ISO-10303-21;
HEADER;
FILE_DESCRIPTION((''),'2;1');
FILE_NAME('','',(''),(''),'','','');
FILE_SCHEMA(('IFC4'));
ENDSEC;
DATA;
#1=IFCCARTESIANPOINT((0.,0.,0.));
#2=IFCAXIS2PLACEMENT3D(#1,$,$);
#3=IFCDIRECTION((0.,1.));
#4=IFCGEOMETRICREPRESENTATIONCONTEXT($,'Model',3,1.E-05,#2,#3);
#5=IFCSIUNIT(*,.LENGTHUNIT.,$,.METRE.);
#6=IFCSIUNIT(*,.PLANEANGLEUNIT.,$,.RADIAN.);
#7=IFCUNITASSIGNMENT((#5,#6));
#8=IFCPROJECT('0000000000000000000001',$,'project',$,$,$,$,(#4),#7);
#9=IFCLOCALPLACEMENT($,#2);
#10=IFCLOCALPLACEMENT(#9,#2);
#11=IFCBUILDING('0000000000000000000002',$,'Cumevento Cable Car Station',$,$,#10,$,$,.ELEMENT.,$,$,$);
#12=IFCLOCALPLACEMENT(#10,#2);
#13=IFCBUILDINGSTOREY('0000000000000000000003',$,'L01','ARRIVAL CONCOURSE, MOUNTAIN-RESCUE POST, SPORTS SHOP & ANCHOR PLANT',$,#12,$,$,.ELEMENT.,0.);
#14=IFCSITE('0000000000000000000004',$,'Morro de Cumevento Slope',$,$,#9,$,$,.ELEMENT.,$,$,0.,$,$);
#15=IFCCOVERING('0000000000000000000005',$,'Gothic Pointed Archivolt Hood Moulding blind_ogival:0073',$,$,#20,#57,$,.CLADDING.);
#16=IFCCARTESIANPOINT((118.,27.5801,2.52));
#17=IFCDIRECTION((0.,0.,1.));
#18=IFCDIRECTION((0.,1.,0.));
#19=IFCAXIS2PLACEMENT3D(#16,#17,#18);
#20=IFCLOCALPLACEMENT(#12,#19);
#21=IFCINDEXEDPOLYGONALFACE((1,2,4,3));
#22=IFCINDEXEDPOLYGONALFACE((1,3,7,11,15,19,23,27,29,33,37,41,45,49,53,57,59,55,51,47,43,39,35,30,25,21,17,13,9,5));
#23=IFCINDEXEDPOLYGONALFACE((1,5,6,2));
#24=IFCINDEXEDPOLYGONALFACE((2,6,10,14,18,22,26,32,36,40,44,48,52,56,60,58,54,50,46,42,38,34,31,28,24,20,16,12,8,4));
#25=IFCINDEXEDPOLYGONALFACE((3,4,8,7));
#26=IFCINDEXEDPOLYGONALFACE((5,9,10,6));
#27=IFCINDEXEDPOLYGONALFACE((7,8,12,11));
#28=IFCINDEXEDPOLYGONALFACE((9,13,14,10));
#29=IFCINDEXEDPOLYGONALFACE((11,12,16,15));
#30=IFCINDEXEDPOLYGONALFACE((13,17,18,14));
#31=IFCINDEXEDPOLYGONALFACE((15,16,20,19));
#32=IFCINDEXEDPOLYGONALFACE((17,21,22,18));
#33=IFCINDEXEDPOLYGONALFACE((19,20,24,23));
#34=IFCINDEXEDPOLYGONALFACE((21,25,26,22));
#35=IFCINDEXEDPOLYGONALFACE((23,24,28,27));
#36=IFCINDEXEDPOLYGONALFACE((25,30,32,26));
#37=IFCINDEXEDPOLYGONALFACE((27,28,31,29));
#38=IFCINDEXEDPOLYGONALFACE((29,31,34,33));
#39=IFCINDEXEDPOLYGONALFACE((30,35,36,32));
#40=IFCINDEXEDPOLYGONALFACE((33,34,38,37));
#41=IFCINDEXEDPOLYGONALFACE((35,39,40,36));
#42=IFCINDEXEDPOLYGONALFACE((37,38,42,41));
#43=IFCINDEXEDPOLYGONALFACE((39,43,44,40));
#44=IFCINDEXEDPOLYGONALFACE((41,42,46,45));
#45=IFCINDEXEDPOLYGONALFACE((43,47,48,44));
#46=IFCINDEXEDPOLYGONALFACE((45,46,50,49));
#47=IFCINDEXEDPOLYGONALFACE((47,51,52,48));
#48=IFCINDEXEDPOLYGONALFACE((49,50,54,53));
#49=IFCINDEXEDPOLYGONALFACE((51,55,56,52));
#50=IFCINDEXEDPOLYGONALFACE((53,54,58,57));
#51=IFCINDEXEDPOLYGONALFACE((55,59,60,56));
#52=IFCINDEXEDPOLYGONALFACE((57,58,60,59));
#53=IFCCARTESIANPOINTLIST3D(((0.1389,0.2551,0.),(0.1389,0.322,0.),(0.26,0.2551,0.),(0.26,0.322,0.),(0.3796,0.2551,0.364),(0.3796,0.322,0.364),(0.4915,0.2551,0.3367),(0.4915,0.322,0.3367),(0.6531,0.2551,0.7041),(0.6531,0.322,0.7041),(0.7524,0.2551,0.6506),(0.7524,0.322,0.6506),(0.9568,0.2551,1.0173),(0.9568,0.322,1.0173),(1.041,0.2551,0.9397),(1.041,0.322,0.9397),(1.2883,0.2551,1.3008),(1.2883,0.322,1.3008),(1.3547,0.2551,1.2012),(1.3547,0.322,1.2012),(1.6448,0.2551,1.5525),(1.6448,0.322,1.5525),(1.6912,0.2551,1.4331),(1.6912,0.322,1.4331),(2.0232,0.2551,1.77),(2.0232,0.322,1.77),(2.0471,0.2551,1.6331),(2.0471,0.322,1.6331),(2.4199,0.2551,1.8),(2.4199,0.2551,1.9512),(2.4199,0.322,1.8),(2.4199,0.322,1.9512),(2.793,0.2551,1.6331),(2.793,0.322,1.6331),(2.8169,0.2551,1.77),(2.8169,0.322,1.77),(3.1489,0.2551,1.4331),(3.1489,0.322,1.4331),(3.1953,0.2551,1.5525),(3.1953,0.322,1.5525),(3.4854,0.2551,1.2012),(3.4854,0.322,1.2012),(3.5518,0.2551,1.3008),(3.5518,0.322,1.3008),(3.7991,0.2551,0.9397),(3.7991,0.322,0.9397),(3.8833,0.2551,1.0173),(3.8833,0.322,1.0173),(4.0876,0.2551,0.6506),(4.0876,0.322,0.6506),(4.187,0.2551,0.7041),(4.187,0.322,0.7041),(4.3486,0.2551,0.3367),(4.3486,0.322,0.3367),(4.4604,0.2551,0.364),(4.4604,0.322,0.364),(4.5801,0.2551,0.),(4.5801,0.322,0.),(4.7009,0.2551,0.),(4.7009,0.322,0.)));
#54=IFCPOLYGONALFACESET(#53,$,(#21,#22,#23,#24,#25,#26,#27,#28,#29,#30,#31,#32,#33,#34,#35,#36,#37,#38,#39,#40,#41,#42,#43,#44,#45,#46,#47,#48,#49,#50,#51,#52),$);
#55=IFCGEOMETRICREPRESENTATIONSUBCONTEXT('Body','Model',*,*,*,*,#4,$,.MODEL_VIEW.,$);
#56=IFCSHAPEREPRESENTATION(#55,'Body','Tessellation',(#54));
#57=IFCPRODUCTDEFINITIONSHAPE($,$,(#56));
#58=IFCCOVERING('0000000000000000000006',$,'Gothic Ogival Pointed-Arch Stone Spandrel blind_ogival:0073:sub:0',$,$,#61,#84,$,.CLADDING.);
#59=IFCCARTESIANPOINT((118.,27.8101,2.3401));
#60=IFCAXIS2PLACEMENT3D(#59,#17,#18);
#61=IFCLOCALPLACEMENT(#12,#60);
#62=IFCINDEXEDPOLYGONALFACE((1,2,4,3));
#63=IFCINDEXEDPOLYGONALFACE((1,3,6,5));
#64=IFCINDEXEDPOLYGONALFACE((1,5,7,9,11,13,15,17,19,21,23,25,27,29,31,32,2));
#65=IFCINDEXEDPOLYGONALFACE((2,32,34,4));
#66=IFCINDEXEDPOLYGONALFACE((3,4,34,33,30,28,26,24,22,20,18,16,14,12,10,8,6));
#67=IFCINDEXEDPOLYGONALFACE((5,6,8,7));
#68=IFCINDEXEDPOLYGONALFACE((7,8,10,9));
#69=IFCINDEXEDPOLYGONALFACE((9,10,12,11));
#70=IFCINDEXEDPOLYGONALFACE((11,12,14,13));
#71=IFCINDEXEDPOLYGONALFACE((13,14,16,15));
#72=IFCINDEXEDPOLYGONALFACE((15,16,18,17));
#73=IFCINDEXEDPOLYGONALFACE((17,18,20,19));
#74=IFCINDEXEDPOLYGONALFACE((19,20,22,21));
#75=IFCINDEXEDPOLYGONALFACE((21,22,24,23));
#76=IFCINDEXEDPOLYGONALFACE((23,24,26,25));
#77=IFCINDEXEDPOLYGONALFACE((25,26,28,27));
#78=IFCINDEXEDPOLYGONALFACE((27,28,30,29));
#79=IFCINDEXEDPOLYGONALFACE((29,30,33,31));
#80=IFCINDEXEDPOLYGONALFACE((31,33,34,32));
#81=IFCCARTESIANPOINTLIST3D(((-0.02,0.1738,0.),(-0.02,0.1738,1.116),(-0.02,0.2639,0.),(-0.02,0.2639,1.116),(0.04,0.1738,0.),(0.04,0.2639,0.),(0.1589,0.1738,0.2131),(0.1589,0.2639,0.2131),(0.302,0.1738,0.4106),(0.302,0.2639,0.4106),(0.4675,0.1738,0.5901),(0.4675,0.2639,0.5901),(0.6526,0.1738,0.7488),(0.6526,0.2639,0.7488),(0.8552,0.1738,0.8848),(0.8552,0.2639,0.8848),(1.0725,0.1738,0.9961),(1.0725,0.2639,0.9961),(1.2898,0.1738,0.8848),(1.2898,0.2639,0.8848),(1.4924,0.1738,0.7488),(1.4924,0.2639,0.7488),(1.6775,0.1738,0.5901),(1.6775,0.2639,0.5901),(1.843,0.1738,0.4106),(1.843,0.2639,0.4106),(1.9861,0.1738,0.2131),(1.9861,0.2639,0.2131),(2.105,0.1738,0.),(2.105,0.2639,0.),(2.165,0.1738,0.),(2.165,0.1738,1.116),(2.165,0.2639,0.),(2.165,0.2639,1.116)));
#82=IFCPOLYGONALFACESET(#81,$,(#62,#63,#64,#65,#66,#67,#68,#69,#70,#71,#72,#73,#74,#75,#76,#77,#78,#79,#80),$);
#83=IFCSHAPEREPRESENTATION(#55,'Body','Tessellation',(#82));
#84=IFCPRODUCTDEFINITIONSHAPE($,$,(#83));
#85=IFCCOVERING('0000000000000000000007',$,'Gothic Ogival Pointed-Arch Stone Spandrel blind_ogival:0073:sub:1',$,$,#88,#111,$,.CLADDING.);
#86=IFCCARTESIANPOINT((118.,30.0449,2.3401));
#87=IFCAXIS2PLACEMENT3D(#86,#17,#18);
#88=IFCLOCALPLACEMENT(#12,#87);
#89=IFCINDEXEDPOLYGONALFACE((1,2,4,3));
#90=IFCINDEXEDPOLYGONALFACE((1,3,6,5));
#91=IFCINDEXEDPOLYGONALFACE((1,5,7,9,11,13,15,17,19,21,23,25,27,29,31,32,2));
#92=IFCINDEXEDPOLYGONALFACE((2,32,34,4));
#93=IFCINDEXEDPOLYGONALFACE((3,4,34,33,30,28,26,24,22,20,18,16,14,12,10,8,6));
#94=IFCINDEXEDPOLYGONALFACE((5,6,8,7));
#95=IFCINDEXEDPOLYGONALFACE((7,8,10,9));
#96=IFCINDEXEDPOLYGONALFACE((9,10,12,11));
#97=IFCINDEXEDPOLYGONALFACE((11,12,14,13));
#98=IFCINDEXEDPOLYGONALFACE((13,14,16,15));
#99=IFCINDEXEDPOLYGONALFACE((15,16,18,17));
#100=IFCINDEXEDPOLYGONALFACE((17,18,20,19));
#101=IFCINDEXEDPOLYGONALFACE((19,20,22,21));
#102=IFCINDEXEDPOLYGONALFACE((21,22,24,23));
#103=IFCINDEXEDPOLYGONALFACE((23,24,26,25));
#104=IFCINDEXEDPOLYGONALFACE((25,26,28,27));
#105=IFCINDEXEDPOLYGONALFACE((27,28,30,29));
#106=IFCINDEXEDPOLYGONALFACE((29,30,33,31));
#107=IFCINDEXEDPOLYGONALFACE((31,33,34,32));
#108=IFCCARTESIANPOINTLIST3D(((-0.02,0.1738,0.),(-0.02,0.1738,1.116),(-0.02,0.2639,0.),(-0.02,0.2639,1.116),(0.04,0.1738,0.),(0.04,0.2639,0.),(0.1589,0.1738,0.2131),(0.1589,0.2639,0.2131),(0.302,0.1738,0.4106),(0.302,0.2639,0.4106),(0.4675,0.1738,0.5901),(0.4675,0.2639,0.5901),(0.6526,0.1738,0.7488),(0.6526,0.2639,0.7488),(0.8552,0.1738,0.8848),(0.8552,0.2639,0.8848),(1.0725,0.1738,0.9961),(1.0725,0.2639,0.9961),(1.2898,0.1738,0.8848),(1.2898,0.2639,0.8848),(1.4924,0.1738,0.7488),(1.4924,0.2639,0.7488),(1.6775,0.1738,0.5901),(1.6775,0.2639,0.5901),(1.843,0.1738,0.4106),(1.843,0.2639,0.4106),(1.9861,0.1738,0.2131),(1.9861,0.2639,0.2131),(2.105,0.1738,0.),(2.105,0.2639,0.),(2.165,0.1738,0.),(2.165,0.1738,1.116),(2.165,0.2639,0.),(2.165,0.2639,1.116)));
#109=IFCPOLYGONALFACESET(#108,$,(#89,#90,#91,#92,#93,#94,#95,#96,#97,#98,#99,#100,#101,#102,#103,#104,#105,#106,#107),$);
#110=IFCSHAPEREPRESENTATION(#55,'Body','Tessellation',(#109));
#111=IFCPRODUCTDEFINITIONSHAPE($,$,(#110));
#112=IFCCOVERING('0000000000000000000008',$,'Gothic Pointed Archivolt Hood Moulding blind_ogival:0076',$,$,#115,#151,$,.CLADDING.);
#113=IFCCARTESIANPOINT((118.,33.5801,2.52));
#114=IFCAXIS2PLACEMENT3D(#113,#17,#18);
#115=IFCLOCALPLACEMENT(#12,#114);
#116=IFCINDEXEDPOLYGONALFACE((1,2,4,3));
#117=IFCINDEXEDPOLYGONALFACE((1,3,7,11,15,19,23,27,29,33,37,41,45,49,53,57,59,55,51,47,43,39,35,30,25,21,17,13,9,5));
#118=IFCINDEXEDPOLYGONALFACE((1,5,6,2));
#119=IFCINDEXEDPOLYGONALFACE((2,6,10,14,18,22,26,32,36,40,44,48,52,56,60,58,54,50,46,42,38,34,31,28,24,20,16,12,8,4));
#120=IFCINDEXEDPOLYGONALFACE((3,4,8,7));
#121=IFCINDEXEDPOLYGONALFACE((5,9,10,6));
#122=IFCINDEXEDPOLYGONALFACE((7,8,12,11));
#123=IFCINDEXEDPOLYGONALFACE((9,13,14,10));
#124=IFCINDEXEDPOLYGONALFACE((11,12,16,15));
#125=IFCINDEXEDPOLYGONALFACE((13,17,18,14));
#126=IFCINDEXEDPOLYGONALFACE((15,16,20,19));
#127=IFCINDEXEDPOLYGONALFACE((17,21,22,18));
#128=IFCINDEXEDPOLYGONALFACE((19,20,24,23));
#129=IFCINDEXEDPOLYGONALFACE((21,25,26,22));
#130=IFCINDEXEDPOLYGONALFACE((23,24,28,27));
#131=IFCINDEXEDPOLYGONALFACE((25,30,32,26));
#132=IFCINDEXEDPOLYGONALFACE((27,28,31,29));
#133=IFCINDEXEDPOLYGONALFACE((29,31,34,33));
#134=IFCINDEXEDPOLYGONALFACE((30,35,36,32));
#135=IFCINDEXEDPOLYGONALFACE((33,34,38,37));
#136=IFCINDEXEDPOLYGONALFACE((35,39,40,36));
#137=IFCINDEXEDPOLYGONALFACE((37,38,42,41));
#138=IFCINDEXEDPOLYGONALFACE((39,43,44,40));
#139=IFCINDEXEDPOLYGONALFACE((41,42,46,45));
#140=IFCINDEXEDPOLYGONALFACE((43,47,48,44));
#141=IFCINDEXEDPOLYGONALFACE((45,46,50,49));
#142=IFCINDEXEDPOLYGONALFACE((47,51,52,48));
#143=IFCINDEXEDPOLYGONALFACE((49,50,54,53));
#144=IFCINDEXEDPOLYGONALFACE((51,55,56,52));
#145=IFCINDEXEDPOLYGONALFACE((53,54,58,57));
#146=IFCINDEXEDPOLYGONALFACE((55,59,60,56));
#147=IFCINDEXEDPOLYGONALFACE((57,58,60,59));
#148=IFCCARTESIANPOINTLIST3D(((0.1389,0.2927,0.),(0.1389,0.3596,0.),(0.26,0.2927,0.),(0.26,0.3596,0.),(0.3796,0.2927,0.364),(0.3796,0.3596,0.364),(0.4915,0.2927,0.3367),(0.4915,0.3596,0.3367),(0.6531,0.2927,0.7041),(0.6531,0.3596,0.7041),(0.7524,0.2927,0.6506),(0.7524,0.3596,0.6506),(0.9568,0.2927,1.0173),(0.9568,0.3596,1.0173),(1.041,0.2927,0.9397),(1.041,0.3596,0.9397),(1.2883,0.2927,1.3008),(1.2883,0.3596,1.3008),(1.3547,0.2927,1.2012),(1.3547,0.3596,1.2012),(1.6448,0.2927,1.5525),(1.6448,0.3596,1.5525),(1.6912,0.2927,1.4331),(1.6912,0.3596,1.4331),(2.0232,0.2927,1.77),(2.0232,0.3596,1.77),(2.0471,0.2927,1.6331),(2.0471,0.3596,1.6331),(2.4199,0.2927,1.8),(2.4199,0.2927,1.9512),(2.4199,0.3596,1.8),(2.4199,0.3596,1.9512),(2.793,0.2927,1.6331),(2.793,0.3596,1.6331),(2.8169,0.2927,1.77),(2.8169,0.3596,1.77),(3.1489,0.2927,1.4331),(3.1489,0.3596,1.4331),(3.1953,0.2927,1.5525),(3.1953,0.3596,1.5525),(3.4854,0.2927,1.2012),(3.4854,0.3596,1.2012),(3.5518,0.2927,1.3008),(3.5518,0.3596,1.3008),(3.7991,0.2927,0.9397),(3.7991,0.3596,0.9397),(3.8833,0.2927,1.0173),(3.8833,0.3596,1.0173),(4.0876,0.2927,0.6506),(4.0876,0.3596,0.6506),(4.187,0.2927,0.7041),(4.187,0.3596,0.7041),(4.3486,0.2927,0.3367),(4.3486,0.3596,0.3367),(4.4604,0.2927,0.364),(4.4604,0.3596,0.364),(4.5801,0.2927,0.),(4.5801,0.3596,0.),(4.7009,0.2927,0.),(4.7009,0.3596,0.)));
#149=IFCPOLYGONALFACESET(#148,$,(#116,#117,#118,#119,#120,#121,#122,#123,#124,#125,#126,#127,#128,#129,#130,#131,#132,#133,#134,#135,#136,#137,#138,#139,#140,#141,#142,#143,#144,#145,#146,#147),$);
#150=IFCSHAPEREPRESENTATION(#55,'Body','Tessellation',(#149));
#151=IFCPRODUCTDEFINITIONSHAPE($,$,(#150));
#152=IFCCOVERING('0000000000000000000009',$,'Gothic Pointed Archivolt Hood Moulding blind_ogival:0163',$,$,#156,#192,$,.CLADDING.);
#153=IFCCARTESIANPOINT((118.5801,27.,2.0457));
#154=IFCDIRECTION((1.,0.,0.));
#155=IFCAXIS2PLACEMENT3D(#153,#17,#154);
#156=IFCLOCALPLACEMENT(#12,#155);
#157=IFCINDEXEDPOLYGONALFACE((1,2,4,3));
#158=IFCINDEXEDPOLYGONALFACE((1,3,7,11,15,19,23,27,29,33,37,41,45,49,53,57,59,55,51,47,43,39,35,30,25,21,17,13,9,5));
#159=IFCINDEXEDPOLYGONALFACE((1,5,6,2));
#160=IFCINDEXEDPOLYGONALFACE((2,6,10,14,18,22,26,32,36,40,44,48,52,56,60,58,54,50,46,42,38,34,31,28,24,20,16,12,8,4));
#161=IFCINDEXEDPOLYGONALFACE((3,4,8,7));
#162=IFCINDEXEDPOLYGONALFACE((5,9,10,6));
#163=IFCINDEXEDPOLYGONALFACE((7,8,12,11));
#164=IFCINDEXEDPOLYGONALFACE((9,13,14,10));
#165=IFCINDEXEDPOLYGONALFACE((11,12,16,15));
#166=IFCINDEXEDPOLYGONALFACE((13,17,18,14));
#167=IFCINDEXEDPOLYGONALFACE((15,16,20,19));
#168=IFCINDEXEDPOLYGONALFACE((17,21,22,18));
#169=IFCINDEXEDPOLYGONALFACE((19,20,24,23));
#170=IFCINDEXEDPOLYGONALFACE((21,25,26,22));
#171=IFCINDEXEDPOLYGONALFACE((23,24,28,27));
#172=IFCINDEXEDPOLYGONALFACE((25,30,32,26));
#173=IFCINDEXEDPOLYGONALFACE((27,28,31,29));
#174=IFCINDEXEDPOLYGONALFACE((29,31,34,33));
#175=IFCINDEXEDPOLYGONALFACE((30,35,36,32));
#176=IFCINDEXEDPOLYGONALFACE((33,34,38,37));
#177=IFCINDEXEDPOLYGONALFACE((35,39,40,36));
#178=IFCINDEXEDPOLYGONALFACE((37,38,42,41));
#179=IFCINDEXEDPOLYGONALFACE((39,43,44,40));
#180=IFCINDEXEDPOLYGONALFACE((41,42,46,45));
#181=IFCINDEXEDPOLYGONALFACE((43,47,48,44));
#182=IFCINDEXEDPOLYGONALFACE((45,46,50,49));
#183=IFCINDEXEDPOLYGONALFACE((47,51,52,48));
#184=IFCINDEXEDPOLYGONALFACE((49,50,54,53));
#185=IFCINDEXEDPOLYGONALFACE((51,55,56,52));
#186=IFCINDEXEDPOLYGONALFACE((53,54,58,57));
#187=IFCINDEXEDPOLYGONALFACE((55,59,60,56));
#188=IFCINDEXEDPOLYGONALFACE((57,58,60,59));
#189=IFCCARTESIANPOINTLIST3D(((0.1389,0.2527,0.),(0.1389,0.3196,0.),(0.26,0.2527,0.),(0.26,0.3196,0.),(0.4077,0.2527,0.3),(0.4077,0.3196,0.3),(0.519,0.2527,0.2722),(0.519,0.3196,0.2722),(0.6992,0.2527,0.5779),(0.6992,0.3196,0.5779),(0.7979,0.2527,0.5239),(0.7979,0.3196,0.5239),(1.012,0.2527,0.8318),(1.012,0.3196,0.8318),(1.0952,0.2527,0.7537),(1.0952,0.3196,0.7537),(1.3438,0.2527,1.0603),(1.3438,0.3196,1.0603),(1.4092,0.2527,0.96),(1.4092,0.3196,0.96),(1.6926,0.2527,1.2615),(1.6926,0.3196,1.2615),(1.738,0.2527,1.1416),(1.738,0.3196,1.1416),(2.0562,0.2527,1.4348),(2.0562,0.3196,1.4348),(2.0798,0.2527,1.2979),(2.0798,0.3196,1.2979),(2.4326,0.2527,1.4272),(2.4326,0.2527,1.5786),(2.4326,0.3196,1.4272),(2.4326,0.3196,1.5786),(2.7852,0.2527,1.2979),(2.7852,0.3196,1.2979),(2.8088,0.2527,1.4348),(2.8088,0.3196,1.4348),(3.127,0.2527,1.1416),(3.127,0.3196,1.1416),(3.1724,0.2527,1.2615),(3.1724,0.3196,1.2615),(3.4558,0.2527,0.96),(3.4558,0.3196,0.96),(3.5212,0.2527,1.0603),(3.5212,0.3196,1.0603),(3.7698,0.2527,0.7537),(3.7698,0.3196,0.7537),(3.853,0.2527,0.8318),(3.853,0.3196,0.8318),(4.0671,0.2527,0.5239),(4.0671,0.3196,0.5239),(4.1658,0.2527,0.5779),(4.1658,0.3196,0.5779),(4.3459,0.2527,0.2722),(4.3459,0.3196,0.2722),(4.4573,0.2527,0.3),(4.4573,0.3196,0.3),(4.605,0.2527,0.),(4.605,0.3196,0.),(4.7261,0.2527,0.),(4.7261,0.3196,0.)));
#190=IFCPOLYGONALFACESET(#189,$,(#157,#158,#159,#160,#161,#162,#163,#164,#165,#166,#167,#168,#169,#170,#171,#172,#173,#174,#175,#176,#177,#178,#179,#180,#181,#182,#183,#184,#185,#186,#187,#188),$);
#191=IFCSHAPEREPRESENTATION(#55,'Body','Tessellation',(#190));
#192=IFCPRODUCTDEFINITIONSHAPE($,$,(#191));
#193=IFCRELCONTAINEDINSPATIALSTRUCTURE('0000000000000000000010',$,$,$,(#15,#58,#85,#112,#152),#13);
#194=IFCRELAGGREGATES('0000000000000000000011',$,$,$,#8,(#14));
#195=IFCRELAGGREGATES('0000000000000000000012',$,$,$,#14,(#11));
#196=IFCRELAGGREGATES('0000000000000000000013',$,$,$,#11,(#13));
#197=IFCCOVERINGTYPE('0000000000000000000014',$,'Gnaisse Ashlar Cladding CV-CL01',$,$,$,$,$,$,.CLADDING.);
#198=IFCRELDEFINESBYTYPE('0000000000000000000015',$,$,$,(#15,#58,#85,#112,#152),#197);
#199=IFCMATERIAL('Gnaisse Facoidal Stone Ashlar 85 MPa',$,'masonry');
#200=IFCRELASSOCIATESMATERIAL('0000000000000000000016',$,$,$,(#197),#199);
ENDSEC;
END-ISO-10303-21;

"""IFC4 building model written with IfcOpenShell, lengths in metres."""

from ifc_helpers import new_model, si_unit, direction, frame, origin, place, context, subcontext, project, spatial, polyline, outline, extrude, material, type_object, element, save


model = new_model("IFC4")

# Units and contexts
model_context = context("Model", 3, precision=1e-05, world=origin(), true_north=direction((0.0, 1.0)))
body_context = subcontext(model_context, "Body", "Model", "MODEL_VIEW")
ifc_project = project(units=[si_unit("LENGTHUNIT", "METRE"), si_unit("PLANEANGLEUNIT", "RADIAN")], contexts=[model_context])

# Site, building, storey
site_placement = place(None, origin())
site = spatial("IfcSite", under=ifc_project, at=site_placement, Name="Morro de Cumevento Slope", CompositionType="ELEMENT", RefElevation=0.0)
building_placement = place(site_placement, origin())
building = spatial("IfcBuilding", under=site, at=building_placement, Name="Cumevento Cable Car Station", CompositionType="ELEMENT")
storey_placement = place(building_placement, origin())
storey = spatial("IfcBuildingStorey", under=building, at=storey_placement, Name="L01", Description="ARRIVAL CONCOURSE, MOUNTAIN-RESCUE POST, SPORTS SHOP & ANCHOR PLANT", CompositionType="ELEMENT", Elevation=0.0)

# Coverings
ifc_material_1 = material(Name="Gnaisse Facoidal Stone Ashlar 85 MPa", Category="masonry")
covering_type = type_object("IfcCoveringType", Name="Gnaisse Ashlar Cladding CV-CL01", PredefinedType="CLADDING", material=ifc_material_1)
covering_1_placement = place(storey_placement, frame((118.0, 27.5801, 2.52), z_axis=(0.0, 0.0, 1.0), x_axis=(0.0, 1.0, 0.0)))
element("IfcCovering", 1, at=covering_1_placement, inside=storey, type_object=covering_type, Name="Gothic Pointed Archivolt Hood Moulding blind_ogival:0073", PredefinedType="CLADDING", context=body_context, shape_type="SweptSolid", body=[
    extrude(outline(polyline([(0.26, 0.0), (0.4915, 0.3367), (0.7524, 0.6506), (1.041, 0.9397), (1.3547, 1.2012), (1.6912, 1.4331), (2.0471, 1.6331), (2.4199, 1.8), (2.793, 1.6331), (3.1489, 1.4331), (3.4854, 1.2012), (3.7991, 0.9397), (4.0876, 0.6506), (4.3486, 0.3367), (4.5801, 0.0), (4.7009, 0.0), (4.4604, 0.364), (4.187, 0.7041), (3.8833, 1.0173), (3.5518, 1.3008), (3.1953, 1.5525), (2.8169, 1.77), (2.4199, 1.9512), (2.0232, 1.77), (1.6448, 1.5525), (1.2883, 1.3008), (0.9568, 1.0173), (0.6531, 0.7041), (0.3796, 0.364), (0.1389, 0.0), (0.26, 0.0)])), frame((0.0, 0.322, 0.0), z_axis=(0.0, -1.0, 0.0), x_axis=(1.0, 0.0, 0.0)), (0.0, 0.0, 1.0), 0.0669),
])
for number, where, z_axis, x_axis, name in (
    (2, (118.0, 27.8101, 2.3401), (0.0, 0.0, 1.0), (0.0, 1.0, 0.0), "Gothic Ogival Pointed-Arch Stone Spandrel blind_ogival:0073:sub:0"),
    (3, (118.0, 30.0449, 2.3401), (0.0, 0.0, 1.0), (0.0, 1.0, 0.0), "Gothic Ogival Pointed-Arch Stone Spandrel blind_ogival:0073:sub:1"),
):
    element("IfcCovering", number, at=place(storey_placement, frame(where, z_axis=z_axis, x_axis=x_axis)), inside=storey, type_object=covering_type, Name=name, PredefinedType="CLADDING", context=body_context, shape_type="SweptSolid", body=[
        extrude(outline(polyline([(-0.02, 0.0), (-0.02, 1.116), (2.165, 1.116), (2.165, 0.0), (2.105, 0.0), (1.9861, 0.2131), (1.843, 0.4106), (1.6775, 0.5901), (1.4924, 0.7488), (1.2898, 0.8848), (1.0725, 0.9961), (0.8552, 0.8848), (0.6526, 0.7488), (0.4675, 0.5901), (0.302, 0.4106), (0.1589, 0.2131), (0.04, 0.0), (-0.02, 0.0)])), frame((0.0, 0.2639, 0.0), z_axis=(0.0, -1.0, 0.0), x_axis=(1.0, 0.0, 0.0)), (0.0, 0.0, 1.0), 0.0901),
    ])
covering_2_placement = place(storey_placement, frame((118.0, 33.5801, 2.52), z_axis=(0.0, 0.0, 1.0), x_axis=(0.0, 1.0, 0.0)))
element("IfcCovering", 4, at=covering_2_placement, inside=storey, type_object=covering_type, Name="Gothic Pointed Archivolt Hood Moulding blind_ogival:0076", PredefinedType="CLADDING", context=body_context, shape_type="SweptSolid", body=[
    extrude(outline(polyline([(0.26, 0.0), (0.4915, 0.3367), (0.7524, 0.6506), (1.041, 0.9397), (1.3547, 1.2012), (1.6912, 1.4331), (2.0471, 1.6331), (2.4199, 1.8), (2.793, 1.6331), (3.1489, 1.4331), (3.4854, 1.2012), (3.7991, 0.9397), (4.0876, 0.6506), (4.3486, 0.3367), (4.5801, 0.0), (4.7009, 0.0), (4.4604, 0.364), (4.187, 0.7041), (3.8833, 1.0173), (3.5518, 1.3008), (3.1953, 1.5525), (2.8169, 1.77), (2.4199, 1.9512), (2.0232, 1.77), (1.6448, 1.5525), (1.2883, 1.3008), (0.9568, 1.0173), (0.6531, 0.7041), (0.3796, 0.364), (0.1389, 0.0), (0.26, 0.0)])), frame((0.0, 0.3596, 0.0), z_axis=(0.0, -1.0, 0.0), x_axis=(1.0, 0.0, 0.0)), (0.0, 0.0, 1.0), 0.0669),
])
covering_3_placement = place(storey_placement, frame((118.5801, 27.0, 2.0457), z_axis=(0.0, 0.0, 1.0), x_axis=(1.0, 0.0, 0.0)))
element("IfcCovering", 5, at=covering_3_placement, inside=storey, type_object=covering_type, Name="Gothic Pointed Archivolt Hood Moulding blind_ogival:0163", PredefinedType="CLADDING", context=body_context, shape_type="SweptSolid", body=[
    extrude(outline(polyline([(0.26, 0.0), (0.519, 0.2722), (0.7979, 0.5239), (1.0952, 0.7537), (1.4092, 0.96), (1.738, 1.1416), (2.0798, 1.2979), (2.4326, 1.4272), (2.7852, 1.2979), (3.127, 1.1416), (3.4558, 0.96), (3.7698, 0.7537), (4.0671, 0.5239), (4.3459, 0.2722), (4.605, 0.0), (4.7261, 0.0), (4.4573, 0.3), (4.1658, 0.5779), (3.853, 0.8318), (3.5212, 1.0603), (3.1724, 1.2615), (2.8088, 1.4348), (2.4326, 1.5786), (2.0562, 1.4348), (1.6926, 1.2615), (1.3438, 1.0603), (1.012, 0.8318), (0.6992, 0.5779), (0.4077, 0.3), (0.1389, 0.0), (0.26, 0.0)])), frame((0.0, 0.3196, 0.0), z_axis=(0.0, -1.0, 0.0), x_axis=(1.0, 0.0, 0.0)), (0.0, 0.0, 1.0), 0.0669),
])

save(model, "model.ifc")
